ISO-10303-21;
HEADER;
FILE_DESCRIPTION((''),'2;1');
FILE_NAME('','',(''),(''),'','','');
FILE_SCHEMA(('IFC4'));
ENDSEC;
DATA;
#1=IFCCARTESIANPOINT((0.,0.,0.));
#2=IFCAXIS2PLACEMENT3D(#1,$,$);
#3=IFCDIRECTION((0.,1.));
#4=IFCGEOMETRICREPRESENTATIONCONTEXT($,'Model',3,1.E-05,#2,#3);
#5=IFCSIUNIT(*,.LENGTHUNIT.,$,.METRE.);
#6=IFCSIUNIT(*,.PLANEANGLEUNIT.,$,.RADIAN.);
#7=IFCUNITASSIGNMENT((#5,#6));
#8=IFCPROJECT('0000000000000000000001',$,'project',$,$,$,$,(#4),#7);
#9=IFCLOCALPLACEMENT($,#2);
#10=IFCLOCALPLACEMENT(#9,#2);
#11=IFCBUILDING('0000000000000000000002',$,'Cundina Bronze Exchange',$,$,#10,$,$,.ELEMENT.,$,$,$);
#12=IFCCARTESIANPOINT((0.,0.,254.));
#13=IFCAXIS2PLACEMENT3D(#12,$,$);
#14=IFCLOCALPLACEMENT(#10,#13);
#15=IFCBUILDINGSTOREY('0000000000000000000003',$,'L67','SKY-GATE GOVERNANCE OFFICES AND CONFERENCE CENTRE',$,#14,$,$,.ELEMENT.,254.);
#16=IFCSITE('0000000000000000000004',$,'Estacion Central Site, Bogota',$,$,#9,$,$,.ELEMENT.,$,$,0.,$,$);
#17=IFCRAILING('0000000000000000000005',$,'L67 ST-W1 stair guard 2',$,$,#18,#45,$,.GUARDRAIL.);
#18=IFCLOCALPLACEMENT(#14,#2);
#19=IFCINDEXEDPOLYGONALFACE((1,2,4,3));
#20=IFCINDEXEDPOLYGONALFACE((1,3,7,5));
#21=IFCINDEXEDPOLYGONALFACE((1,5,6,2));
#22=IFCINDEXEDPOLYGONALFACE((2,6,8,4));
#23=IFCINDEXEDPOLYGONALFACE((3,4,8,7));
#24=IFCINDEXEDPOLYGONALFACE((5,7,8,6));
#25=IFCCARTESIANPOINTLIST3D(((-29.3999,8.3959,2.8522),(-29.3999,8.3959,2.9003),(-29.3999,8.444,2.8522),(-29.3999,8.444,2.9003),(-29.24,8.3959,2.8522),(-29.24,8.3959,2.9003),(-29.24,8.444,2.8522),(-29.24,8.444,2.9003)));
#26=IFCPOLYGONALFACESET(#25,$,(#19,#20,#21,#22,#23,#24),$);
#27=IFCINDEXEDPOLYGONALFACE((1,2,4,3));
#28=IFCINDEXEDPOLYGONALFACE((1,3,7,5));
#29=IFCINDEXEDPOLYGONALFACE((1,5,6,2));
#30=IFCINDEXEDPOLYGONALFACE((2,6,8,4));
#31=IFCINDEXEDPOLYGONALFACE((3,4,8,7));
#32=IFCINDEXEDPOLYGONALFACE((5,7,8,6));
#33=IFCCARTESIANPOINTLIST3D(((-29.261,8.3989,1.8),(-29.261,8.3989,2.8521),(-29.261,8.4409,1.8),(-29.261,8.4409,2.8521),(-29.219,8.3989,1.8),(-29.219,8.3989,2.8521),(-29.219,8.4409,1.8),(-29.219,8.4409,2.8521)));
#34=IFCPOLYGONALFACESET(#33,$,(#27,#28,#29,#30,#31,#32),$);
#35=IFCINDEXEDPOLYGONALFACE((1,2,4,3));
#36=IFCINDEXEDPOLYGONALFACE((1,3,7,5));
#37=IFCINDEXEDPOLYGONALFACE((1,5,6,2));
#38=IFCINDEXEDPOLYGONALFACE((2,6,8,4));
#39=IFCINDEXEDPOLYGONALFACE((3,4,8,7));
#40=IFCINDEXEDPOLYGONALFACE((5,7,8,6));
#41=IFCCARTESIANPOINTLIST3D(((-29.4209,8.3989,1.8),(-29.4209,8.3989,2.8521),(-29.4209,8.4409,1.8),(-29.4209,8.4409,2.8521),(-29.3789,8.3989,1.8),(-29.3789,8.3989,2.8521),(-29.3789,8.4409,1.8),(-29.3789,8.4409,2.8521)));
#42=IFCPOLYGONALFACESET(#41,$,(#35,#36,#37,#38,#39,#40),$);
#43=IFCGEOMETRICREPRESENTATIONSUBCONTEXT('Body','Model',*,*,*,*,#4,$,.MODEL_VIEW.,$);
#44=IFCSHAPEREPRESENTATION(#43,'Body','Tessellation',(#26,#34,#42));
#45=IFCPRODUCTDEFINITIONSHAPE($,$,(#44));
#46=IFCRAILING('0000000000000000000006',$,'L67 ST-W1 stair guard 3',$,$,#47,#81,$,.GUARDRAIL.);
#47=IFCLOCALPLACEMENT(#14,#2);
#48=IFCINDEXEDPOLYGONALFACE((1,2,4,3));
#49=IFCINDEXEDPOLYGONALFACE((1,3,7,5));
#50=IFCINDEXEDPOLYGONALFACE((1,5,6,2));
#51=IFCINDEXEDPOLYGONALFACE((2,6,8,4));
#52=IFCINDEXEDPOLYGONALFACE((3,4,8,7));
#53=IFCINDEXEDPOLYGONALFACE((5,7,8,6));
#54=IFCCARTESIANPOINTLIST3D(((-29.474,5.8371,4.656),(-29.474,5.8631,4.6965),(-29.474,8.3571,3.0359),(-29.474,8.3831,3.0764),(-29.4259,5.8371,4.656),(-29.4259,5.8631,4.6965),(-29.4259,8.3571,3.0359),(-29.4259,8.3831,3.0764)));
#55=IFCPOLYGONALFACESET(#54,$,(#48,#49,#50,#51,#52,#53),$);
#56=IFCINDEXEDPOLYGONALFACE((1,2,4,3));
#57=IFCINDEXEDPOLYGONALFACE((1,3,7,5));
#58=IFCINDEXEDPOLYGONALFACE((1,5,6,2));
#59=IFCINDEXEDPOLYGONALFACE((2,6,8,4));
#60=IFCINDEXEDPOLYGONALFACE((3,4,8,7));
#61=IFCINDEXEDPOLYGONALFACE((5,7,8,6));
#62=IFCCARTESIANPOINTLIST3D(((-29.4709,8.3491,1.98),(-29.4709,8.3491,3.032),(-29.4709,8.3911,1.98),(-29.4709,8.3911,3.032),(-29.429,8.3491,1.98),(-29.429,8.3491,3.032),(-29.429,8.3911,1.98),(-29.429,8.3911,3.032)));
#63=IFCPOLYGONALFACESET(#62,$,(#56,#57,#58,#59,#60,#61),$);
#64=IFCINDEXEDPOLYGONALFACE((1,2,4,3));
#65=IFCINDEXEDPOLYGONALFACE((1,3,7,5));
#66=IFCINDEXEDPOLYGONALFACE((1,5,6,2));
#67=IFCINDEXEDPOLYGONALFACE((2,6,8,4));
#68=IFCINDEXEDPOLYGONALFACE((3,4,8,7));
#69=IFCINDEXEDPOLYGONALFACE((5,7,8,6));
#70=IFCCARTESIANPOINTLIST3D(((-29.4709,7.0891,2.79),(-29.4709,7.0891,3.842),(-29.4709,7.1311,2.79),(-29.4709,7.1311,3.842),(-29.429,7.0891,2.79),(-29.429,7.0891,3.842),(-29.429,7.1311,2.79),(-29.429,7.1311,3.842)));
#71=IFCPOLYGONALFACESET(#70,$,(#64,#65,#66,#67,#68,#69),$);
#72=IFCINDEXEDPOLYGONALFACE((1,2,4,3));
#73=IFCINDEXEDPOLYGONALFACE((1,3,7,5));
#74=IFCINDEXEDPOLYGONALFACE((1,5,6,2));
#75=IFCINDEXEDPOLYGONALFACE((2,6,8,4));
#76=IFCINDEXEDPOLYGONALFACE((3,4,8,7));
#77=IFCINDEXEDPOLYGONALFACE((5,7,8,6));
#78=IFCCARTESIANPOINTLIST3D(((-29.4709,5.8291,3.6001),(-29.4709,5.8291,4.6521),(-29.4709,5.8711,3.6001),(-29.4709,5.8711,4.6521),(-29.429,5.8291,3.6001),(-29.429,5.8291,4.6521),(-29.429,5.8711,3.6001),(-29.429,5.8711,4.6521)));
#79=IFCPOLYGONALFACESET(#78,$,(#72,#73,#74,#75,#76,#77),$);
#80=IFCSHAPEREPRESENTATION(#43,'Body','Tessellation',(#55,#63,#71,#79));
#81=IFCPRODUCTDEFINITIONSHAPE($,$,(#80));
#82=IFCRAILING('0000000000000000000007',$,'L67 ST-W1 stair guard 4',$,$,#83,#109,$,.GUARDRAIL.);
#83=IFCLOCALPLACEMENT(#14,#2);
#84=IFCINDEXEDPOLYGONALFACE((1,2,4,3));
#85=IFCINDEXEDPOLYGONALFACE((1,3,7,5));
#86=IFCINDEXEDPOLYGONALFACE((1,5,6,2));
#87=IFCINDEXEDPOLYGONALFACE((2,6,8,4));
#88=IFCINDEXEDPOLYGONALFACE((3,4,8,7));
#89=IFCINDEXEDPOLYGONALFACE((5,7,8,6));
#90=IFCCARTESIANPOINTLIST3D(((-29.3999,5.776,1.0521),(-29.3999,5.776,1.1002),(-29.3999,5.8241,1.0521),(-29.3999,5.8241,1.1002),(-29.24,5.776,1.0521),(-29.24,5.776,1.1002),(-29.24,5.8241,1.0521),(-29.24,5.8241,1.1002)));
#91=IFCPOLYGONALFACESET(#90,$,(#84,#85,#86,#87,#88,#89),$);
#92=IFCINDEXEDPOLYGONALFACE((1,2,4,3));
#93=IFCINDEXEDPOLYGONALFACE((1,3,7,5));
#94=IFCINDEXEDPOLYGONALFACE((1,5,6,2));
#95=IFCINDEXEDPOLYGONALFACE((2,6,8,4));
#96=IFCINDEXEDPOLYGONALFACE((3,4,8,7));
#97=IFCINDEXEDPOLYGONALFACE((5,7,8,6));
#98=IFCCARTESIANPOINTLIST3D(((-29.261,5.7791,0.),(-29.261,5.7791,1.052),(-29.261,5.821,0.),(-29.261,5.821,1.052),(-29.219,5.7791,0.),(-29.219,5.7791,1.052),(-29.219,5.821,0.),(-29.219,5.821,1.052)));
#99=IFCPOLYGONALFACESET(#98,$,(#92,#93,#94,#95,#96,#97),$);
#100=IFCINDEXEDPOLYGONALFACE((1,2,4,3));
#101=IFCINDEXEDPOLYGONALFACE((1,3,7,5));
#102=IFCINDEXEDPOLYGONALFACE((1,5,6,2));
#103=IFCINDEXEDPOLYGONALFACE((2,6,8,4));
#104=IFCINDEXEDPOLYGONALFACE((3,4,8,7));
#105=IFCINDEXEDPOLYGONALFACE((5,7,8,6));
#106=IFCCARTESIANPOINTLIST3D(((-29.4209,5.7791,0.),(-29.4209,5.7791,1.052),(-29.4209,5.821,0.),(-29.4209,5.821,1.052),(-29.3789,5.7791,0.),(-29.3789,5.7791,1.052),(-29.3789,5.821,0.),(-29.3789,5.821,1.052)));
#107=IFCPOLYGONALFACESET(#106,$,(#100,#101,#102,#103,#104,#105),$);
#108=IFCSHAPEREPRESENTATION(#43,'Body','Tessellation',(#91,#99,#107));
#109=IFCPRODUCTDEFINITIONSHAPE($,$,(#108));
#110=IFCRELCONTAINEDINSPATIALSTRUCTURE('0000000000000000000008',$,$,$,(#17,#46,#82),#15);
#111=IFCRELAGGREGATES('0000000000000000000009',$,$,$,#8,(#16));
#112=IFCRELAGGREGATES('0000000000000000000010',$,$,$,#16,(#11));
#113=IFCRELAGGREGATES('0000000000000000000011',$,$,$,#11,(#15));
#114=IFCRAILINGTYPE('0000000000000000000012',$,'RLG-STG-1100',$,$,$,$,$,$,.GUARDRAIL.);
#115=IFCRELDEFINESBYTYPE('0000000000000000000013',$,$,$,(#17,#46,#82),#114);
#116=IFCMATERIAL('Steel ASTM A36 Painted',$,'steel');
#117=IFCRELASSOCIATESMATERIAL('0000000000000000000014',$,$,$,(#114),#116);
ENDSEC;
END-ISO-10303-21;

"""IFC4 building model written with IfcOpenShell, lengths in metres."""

from ifc_helpers import new_model, si_unit, direction, frame, origin, origin_2d, place, context, subcontext, project, spatial, rectangle, extrude, material, type_object, element, save


model = new_model("IFC4")

# Units and contexts
model_context = context("Model", 3, precision=1e-05, world=origin(), true_north=direction((0.0, 1.0)))
body_context = subcontext(model_context, "Body", "Model", "MODEL_VIEW")
ifc_project = project(units=[si_unit("LENGTHUNIT", "METRE"), si_unit("PLANEANGLEUNIT", "RADIAN")], contexts=[model_context])

# Site, building, storey
site_placement = place(None, origin())
site = spatial("IfcSite", under=ifc_project, at=site_placement, Name="Estacion Central Site, Bogota", CompositionType="ELEMENT", RefElevation=0.0)
building_placement = place(site_placement, origin())
building = spatial("IfcBuilding", under=site, at=building_placement, Name="Cundina Bronze Exchange", CompositionType="ELEMENT")
storey_placement = place(building_placement, frame((0.0, 0.0, 254.0)))
storey = spatial("IfcBuildingStorey", under=building, at=storey_placement, Name="L67", Description="SKY-GATE GOVERNANCE OFFICES AND CONFERENCE CENTRE", CompositionType="ELEMENT", Elevation=254.0)

# Shared definitions
ifc_material_1 = material(Name="Steel ASTM A36 Painted", Category="steel")

# Railings
railing_type_1 = type_object("IfcRailingType", Name="RLG-STG-1100", PredefinedType="GUARDRAIL", material=ifc_material_1)
railing_1_placement = place(storey_placement, frame((-29.24, 8.4199, 1.8)))
element("IfcRailing", 1, at=railing_1_placement, inside=storey, type_object=railing_type_1, Name="L67 ST-W1 stair guard 2", PredefinedType="GUARDRAIL", context=body_context, shape_type="SweptSolid", body=[
    extrude(rectangle(XDim=0.0481, YDim=0.0481, at=origin_2d()), frame((0.0, 0.0, 1.0762), z_axis=(-1.0, 0.0, 0.0), x_axis=(0.0, -1.0, 0.0)), (0.0, 0.0, 1.0), 0.1599),
    extrude(rectangle(XDim=0.042, YDim=0.042, at=origin_2d()), origin(), (0.0, 0.0, 1.0), 1.052),
    extrude(rectangle(XDim=0.042, YDim=0.042, at=origin_2d()), frame((-0.1599, 0.0, 0.0)), (0.0, 0.0, 1.0), 1.052),
])
railing_2_placement = place(storey_placement, frame((-29.45, 8.3701, 1.98)))
element("IfcRailing", 2, at=railing_2_placement, inside=storey, type_object=railing_type_1, Name="L67 ST-W1 stair guard 3", PredefinedType="GUARDRAIL", context=body_context, shape_type="SweptSolid", body=[
    extrude(rectangle(XDim=0.0481, YDim=0.0481, at=origin_2d()), frame((0.0, 0.0, 1.0762), z_axis=(0.0, -0.841163, 0.540782), x_axis=(1.0, 0.0, 0.0)), (0.0, 0.0, 1.0), 2.9958),
    extrude(rectangle(XDim=0.042, YDim=0.042, at=origin_2d()), origin(), (0.0, 0.0, 1.0), 1.052),
    extrude(rectangle(XDim=0.042, YDim=0.042, at=origin_2d()), frame((0.0, -1.26, 0.8101)), (0.0, 0.0, 1.0), 1.052),
    extrude(rectangle(XDim=0.042, YDim=0.042, at=origin_2d()), frame((0.0, -2.52, 1.6201)), (0.0, 0.0, 1.0), 1.052),
])
railing_3_placement = place(storey_placement, frame((-29.24, 5.8, 0.0)))
element("IfcRailing", 3, at=railing_3_placement, inside=storey, type_object=railing_type_1, Name="L67 ST-W1 stair guard 4", PredefinedType="GUARDRAIL", context=body_context, shape_type="SweptSolid", body=[
    extrude(rectangle(XDim=0.0481, YDim=0.0481, at=origin_2d()), frame((0.0, 0.0, 1.0762), z_axis=(-1.0, 0.0, 0.0), x_axis=(0.0, -1.0, 0.0)), (0.0, 0.0, 1.0), 0.1599),
    extrude(rectangle(XDim=0.042, YDim=0.042, at=origin_2d()), origin(), (0.0, 0.0, 1.0), 1.052),
    extrude(rectangle(XDim=0.042, YDim=0.042, at=origin_2d()), frame((-0.1599, 0.0, 0.0)), (0.0, 0.0, 1.0), 1.052),
])

save(model, "model.ifc")
